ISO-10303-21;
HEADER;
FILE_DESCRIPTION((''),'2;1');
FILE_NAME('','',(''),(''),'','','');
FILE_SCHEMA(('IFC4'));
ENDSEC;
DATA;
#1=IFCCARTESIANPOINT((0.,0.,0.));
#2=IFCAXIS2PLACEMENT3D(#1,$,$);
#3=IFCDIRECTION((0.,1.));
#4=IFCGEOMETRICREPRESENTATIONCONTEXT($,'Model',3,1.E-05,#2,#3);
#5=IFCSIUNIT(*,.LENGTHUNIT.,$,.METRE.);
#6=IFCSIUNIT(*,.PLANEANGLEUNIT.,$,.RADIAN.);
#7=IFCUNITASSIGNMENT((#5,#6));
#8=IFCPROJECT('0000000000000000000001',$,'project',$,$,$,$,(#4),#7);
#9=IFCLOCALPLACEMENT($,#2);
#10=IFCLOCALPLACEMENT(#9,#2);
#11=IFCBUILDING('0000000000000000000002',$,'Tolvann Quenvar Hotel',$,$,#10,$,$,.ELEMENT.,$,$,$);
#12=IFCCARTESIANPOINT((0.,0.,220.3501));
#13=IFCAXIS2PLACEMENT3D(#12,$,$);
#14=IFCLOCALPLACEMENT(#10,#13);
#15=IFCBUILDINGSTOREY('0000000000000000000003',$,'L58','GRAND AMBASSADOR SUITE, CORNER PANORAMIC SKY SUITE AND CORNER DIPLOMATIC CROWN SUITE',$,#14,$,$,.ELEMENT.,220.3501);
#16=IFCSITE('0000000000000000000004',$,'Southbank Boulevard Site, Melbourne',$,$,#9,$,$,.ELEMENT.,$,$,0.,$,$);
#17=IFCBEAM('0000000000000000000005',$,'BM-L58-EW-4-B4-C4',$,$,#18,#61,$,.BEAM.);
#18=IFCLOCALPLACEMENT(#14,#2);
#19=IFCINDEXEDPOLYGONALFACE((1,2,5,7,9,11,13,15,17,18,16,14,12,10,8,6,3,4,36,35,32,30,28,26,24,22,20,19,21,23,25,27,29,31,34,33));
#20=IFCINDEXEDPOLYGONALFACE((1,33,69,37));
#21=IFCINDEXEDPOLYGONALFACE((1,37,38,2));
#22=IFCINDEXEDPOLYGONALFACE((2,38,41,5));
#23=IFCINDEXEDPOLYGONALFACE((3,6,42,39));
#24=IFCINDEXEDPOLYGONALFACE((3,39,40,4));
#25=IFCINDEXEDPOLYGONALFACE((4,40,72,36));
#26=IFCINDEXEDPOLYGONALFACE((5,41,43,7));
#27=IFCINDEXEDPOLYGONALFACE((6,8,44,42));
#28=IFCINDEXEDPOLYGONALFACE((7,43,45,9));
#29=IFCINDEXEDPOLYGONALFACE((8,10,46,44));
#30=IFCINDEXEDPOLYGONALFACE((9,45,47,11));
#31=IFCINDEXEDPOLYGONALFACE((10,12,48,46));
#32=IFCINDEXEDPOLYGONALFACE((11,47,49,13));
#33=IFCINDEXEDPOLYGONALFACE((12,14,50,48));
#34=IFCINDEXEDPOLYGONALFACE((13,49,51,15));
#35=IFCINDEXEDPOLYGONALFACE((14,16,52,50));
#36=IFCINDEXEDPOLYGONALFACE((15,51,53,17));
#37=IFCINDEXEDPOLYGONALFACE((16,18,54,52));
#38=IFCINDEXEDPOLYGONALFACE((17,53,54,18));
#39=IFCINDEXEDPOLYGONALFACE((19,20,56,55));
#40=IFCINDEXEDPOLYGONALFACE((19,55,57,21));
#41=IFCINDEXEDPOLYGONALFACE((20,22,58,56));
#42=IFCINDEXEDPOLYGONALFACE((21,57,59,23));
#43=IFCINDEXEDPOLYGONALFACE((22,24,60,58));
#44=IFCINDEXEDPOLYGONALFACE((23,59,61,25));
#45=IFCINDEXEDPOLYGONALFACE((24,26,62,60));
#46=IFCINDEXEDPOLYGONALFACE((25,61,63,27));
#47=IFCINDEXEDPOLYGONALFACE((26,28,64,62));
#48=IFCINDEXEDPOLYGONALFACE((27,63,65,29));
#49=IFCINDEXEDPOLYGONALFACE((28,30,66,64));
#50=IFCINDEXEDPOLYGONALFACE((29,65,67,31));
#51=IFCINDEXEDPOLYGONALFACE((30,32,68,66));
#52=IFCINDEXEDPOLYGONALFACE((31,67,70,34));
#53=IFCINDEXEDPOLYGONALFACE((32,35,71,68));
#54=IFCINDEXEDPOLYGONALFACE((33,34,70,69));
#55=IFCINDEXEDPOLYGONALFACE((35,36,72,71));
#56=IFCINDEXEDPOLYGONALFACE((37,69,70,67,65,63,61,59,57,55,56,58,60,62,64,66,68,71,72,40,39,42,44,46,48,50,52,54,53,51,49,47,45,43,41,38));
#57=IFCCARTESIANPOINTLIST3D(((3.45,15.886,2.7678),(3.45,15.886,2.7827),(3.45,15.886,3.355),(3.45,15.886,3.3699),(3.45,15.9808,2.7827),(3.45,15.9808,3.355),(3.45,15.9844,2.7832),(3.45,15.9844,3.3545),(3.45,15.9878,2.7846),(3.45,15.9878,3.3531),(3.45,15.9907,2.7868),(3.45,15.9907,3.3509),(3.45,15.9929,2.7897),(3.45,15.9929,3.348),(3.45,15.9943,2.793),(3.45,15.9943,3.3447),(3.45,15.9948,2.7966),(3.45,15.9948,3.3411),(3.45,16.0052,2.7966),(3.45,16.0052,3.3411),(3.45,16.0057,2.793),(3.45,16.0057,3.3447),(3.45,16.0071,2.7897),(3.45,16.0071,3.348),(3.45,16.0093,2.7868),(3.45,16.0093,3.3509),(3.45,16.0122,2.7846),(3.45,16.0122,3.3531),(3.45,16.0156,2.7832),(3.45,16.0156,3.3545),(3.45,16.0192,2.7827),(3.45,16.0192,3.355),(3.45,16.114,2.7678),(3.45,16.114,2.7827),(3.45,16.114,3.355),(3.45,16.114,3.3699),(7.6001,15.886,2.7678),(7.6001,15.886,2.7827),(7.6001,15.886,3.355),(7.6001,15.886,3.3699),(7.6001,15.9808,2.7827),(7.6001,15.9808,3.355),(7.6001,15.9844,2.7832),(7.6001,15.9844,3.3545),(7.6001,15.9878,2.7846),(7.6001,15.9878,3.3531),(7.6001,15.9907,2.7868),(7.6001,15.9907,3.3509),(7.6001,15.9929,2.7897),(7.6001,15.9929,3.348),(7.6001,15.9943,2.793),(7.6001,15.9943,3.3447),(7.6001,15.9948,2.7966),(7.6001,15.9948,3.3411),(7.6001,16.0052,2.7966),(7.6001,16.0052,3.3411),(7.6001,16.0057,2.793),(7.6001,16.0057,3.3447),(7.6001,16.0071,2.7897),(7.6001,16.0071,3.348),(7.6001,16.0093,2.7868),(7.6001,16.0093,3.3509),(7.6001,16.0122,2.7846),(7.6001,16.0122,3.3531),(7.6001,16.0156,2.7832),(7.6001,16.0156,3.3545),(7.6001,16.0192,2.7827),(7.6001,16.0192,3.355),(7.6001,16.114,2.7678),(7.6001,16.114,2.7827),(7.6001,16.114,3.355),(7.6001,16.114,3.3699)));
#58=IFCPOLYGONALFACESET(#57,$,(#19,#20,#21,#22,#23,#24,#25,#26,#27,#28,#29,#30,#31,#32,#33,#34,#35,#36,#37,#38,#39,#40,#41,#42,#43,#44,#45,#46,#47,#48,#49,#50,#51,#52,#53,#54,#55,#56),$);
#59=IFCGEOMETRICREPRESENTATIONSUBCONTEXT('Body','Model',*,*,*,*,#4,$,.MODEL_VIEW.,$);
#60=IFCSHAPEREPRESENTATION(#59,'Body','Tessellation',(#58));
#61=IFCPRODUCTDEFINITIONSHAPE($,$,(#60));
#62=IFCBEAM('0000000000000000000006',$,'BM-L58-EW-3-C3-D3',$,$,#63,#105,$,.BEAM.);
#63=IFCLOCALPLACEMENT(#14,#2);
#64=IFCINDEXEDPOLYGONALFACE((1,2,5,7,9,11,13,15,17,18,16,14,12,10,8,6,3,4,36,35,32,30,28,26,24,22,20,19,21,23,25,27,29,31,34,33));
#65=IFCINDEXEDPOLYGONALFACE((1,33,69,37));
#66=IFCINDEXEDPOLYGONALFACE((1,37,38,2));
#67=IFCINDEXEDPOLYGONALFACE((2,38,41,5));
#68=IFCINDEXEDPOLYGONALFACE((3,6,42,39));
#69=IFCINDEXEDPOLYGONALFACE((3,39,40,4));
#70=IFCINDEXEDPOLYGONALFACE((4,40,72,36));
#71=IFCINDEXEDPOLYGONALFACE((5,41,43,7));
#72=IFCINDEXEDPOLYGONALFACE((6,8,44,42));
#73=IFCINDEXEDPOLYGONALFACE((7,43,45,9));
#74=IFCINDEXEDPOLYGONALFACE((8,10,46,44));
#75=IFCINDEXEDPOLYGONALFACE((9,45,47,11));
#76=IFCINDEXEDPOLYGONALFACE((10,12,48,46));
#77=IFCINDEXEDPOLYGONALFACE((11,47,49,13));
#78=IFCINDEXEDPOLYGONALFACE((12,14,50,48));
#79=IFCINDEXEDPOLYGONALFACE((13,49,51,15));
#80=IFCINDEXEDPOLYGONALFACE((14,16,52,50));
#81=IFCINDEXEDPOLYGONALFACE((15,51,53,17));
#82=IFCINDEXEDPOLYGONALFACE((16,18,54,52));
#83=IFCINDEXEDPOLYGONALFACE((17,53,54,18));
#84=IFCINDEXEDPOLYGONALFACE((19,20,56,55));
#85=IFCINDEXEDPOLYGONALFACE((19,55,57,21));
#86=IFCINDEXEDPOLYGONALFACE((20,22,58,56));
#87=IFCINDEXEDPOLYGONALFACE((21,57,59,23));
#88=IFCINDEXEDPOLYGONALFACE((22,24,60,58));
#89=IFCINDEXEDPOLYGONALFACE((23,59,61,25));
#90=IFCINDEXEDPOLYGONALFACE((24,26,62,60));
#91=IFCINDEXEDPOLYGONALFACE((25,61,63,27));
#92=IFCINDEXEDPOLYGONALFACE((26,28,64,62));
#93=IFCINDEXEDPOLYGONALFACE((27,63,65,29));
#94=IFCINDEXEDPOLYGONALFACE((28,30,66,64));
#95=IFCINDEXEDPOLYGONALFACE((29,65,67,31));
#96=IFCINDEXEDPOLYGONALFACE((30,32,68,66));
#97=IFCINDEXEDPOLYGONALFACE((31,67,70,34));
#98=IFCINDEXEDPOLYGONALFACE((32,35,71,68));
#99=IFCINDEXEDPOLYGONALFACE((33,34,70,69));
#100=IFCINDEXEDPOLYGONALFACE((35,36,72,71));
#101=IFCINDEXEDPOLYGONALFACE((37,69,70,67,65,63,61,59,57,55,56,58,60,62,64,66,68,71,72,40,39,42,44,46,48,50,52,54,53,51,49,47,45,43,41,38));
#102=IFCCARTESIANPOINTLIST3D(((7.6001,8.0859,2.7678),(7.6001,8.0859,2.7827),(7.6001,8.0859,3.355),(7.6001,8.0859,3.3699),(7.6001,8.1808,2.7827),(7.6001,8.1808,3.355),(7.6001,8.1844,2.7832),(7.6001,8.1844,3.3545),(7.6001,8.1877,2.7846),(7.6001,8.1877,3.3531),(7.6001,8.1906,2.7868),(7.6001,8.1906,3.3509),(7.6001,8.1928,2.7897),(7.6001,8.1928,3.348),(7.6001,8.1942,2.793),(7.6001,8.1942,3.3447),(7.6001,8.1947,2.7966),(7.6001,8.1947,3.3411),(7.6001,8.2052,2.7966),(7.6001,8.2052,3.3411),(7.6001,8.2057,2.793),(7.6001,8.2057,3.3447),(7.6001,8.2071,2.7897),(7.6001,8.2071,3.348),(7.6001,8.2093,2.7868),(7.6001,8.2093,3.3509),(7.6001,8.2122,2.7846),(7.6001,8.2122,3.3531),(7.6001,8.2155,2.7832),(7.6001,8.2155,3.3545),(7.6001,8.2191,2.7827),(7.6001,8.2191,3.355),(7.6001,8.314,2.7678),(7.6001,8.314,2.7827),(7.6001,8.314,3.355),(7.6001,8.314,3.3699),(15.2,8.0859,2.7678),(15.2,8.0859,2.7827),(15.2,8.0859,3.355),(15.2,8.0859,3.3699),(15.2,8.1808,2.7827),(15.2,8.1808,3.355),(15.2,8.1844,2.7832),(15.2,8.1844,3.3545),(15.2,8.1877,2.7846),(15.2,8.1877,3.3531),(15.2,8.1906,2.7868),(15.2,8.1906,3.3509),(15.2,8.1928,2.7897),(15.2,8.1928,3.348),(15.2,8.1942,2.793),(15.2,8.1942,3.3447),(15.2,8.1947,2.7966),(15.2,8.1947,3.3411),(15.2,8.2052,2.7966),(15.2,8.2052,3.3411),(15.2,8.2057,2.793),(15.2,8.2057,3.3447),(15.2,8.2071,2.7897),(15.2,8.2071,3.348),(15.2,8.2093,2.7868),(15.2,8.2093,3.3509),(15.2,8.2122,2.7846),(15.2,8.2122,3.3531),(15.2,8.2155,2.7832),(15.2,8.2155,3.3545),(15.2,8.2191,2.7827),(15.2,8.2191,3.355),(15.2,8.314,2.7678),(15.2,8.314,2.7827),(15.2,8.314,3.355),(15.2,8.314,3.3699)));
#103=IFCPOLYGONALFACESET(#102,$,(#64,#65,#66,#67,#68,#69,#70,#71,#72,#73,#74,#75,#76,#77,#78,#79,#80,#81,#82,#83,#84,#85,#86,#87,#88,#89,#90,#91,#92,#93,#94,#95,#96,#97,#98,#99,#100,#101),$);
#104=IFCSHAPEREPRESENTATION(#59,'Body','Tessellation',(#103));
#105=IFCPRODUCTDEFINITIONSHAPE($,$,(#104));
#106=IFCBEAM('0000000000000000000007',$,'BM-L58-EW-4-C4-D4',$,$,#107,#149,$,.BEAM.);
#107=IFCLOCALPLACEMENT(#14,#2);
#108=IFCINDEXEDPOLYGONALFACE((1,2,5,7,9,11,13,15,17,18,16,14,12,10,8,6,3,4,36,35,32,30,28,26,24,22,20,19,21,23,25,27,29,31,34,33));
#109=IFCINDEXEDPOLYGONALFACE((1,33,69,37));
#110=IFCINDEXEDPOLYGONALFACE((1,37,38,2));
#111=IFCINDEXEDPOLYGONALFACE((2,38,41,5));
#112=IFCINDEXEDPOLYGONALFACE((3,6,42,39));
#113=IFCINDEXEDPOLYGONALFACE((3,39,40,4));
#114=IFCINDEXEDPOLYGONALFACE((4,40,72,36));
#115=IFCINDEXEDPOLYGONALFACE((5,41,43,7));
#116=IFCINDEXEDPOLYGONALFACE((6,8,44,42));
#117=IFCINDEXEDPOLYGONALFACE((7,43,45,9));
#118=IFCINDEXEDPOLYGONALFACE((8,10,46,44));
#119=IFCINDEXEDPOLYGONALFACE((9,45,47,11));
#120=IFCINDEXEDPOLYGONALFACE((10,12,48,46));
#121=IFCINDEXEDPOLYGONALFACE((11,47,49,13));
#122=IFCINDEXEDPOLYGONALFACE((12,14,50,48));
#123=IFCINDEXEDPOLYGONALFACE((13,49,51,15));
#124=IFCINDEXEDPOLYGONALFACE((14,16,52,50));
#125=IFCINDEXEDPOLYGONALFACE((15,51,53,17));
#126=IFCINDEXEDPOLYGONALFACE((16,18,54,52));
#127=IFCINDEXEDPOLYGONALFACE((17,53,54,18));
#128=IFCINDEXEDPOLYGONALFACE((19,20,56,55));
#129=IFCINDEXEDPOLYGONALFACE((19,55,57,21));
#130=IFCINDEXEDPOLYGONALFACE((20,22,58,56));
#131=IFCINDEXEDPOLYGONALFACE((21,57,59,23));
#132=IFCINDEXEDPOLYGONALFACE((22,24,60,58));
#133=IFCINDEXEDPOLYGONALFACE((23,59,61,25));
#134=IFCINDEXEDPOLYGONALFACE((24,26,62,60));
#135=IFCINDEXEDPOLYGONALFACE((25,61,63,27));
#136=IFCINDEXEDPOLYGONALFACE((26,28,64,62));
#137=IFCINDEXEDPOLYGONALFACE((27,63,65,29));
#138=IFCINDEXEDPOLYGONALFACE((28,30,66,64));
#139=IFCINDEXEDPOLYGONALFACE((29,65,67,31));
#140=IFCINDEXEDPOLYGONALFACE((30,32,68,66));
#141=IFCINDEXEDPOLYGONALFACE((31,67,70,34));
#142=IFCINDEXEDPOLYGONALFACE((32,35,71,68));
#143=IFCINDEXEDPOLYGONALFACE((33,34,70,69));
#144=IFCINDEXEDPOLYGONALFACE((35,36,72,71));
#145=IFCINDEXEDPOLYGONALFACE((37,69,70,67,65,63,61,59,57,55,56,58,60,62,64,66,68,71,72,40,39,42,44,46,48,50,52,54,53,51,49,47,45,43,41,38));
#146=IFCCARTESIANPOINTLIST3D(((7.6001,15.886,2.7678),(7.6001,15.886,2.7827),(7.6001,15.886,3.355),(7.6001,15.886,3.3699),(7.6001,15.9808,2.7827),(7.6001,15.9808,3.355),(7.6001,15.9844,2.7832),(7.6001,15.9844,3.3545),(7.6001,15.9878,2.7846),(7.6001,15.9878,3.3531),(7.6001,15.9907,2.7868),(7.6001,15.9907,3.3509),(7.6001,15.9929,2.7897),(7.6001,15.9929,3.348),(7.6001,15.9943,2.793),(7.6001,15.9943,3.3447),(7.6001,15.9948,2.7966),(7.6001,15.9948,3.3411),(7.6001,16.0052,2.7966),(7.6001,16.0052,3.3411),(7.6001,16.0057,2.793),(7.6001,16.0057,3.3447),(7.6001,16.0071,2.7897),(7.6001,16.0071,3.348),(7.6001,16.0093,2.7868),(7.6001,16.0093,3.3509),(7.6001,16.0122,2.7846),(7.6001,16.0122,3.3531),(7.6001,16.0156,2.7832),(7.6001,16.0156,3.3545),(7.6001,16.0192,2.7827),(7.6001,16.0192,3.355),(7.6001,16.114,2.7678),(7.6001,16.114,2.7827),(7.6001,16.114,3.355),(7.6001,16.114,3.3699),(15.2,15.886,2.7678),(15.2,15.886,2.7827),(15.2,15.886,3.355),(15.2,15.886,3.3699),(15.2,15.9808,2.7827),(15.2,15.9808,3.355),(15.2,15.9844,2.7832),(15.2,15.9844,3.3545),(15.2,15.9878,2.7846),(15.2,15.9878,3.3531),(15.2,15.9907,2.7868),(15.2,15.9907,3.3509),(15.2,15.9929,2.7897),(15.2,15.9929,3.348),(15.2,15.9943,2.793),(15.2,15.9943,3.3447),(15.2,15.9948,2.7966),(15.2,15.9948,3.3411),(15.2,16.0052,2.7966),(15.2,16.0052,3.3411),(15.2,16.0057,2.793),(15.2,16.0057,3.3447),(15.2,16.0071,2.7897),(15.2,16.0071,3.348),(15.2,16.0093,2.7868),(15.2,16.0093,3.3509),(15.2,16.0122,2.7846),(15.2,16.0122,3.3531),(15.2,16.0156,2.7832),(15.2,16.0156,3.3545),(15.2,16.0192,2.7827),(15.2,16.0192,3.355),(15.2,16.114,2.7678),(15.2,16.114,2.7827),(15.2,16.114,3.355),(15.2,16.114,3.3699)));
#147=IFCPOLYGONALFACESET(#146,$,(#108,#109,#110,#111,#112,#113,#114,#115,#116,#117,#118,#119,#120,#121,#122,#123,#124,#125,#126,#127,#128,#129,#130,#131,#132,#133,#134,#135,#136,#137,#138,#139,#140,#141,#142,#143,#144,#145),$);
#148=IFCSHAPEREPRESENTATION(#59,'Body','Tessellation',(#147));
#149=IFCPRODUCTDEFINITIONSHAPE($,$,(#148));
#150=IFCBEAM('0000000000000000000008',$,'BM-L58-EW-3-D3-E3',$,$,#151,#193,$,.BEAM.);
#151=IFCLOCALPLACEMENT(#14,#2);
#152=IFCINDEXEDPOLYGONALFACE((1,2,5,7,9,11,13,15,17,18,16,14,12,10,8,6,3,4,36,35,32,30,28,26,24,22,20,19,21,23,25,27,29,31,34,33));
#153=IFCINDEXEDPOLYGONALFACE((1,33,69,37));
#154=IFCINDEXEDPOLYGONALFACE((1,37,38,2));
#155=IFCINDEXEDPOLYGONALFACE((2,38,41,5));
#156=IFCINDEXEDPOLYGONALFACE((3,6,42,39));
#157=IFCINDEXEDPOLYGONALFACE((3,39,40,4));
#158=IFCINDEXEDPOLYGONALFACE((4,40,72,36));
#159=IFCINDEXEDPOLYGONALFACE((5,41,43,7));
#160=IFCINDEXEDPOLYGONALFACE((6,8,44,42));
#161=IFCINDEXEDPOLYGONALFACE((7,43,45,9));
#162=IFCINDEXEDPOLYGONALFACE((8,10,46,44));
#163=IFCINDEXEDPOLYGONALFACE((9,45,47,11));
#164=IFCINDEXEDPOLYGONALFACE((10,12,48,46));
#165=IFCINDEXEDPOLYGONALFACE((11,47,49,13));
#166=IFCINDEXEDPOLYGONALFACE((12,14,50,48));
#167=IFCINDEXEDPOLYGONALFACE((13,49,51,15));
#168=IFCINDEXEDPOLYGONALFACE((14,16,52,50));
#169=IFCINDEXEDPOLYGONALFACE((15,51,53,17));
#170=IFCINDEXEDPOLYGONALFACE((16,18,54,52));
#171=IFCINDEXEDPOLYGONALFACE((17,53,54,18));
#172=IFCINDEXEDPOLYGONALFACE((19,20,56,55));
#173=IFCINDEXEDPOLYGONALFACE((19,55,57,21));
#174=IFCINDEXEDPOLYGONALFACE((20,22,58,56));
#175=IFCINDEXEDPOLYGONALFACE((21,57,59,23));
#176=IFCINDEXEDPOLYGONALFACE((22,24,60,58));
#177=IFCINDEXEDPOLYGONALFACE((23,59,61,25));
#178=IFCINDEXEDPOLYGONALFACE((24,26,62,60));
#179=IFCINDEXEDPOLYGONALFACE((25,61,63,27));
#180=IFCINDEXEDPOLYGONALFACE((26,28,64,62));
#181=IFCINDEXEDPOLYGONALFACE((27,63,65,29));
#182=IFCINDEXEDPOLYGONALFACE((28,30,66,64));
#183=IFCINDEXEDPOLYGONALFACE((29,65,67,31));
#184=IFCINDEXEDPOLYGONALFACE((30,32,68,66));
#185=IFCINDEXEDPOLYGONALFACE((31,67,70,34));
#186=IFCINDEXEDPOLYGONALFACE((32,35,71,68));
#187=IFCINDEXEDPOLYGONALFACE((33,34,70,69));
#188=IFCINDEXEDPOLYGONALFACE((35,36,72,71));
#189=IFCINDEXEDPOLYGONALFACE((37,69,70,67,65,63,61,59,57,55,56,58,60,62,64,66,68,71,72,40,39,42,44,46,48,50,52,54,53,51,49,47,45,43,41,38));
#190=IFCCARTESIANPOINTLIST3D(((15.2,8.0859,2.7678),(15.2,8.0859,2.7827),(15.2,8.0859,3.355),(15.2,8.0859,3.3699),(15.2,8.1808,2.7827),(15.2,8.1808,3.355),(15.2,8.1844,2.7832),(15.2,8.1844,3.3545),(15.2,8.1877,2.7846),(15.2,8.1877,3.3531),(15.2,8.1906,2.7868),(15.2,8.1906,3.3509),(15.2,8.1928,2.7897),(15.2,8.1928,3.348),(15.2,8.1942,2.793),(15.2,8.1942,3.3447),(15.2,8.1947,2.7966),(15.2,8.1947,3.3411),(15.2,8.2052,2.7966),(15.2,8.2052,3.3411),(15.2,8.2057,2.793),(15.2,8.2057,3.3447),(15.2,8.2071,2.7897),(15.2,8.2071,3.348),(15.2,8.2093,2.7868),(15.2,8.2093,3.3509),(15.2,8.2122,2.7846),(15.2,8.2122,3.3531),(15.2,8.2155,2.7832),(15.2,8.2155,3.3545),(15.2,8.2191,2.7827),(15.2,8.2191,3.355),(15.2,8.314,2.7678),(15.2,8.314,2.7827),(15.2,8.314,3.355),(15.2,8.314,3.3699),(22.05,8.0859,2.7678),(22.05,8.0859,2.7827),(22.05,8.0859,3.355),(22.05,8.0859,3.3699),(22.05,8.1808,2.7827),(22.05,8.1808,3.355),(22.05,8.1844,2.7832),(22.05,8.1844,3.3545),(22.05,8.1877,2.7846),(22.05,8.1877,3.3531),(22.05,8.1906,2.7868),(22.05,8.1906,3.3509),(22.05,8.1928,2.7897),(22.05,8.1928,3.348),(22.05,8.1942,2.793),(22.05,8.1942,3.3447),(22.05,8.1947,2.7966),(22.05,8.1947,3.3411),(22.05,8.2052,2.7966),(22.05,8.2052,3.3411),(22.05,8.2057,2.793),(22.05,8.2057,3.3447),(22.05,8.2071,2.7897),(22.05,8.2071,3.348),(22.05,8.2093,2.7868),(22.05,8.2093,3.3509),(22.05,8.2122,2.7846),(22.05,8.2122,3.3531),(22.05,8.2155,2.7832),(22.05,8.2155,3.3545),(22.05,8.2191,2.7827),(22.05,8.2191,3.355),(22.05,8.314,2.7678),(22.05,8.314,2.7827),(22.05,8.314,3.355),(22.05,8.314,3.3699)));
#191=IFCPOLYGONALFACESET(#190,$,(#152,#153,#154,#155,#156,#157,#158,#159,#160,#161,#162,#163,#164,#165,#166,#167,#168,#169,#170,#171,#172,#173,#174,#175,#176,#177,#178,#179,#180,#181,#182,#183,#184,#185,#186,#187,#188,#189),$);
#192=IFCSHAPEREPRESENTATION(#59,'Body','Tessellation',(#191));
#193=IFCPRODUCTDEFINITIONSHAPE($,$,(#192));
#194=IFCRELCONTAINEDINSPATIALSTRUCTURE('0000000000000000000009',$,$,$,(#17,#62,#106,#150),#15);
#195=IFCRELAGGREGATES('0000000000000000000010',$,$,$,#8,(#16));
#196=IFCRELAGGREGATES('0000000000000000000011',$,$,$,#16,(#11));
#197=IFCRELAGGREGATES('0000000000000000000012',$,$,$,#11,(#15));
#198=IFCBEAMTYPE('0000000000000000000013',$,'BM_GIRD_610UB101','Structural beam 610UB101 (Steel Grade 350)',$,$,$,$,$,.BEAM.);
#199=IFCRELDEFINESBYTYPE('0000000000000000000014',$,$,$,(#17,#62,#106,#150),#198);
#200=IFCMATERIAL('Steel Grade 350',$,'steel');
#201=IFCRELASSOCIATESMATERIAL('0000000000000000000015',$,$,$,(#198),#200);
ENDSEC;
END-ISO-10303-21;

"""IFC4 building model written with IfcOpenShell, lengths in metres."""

from ifc_helpers import new_model, si_unit, direction, frame, origin, origin_2d, place, context, subcontext, project, spatial, i_section, extrude, source, transform, mapped, material, material_profile, profile_set, type_object, type_shapes, element, save


model = new_model("IFC4")

# Units and contexts
model_context = context("Model", 3, precision=1e-05, world=origin(), true_north=direction((0.0, 1.0)))
body_context = subcontext(model_context, "Body", "Model", "MODEL_VIEW")
ifc_project = project(units=[si_unit("LENGTHUNIT", "METRE"), si_unit("PLANEANGLEUNIT", "RADIAN")], contexts=[model_context])

# Site, building, storey
site_placement = place(None, origin())
site = spatial("IfcSite", under=ifc_project, at=site_placement, Name="Southbank Boulevard Site, Melbourne", CompositionType="ELEMENT", RefElevation=0.0)
building_placement = place(site_placement, origin())
building = spatial("IfcBuilding", under=site, at=building_placement, Name="Tolvann Quenvar Hotel", CompositionType="ELEMENT")
storey_placement = place(building_placement, frame((0.0, 0.0, 220.3501)))
storey = spatial("IfcBuildingStorey", under=building, at=storey_placement, Name="L58", Description="GRAND AMBASSADOR SUITE, CORNER PANORAMIC SKY SUITE AND CORNER DIPLOMATIC CROWN SUITE", CompositionType="ELEMENT", Elevation=220.3501)

# Shared definitions
ifc_material_1 = material(Name="Steel Grade 350", Category="steel")

# Beams
ifc_material_profile_1 = material_profile(ifc_material_1, i_section(OverallWidth=0.228, OverallDepth=0.6021, WebThickness=0.0105, FlangeThickness=0.0149, FilletRadius=0.0139, at=origin_2d()), Name="610UB101")
ifc_profile_set_1 = profile_set([ifc_material_profile_1], Name="Steel Grade 350")
beam_type_1 = type_object("IfcBeamType", Name="BM_GIRD_610UB101", Description="Structural beam 610UB101 (Steel Grade 350)", PredefinedType="BEAM", material=ifc_profile_set_1)
shared_shape_1 = source(origin(), body_context, "Body", "SweptSolid", [
    extrude(i_section(OverallWidth=0.228, OverallDepth=0.6021, WebThickness=0.0105, FlangeThickness=0.0149, FilletRadius=0.0139, at=origin_2d()), origin(), (0.0, 0.0, 1.0), 4.1501),
])
for number, where, z_axis, x_axis, name in (
    (1, (3.45, 16.0, 3.0688), (1.0, 0.0, 0.0), (0.0, 1.0, 0.0), "BM-L58-EW-4-B4-C4"),
):
    element("IfcBeam", number, at=place(storey_placement, frame(where, z_axis=z_axis, x_axis=x_axis)), inside=storey, type_object=beam_type_1, Name=name, PredefinedType="BEAM", context=body_context, shape_type="MappedRepresentation", body=[
        mapped(shared_shape_1, transform((0.0, 0.0, 0.0), x_axis=(1.0, 0.0, 0.0), y_axis=(0.0, 1.0, 0.0), z_axis=(0.0, 0.0, 1.0), scale=1.0)),
    ])
shared_shape_2 = source(origin(), body_context, "Body", "SweptSolid", [
    extrude(i_section(OverallWidth=0.228, OverallDepth=0.6021, WebThickness=0.0105, FlangeThickness=0.0149, FilletRadius=0.0139, at=origin_2d()), origin(), (0.0, 0.0, 1.0), 7.5999),
])
for number, where, z_axis, x_axis, name in (
    (2, (7.6001, 8.2, 3.0688), (1.0, 0.0, 0.0), (0.0, 1.0, 0.0), "BM-L58-EW-3-C3-D3"),
    (3, (7.6001, 16.0, 3.0688), (1.0, 0.0, 0.0), (0.0, 1.0, 0.0), "BM-L58-EW-4-C4-D4"),
):
    element("IfcBeam", number, at=place(storey_placement, frame(where, z_axis=z_axis, x_axis=x_axis)), inside=storey, type_object=beam_type_1, Name=name, PredefinedType="BEAM", context=body_context, shape_type="MappedRepresentation", body=[
        mapped(shared_shape_2, transform((0.0, 0.0, 0.0), x_axis=(1.0, 0.0, 0.0), y_axis=(0.0, 1.0, 0.0), z_axis=(0.0, 0.0, 1.0), scale=1.0)),
    ])
shared_shape_3 = source(origin(), body_context, "Body", "SweptSolid", [
    extrude(i_section(OverallWidth=0.228, OverallDepth=0.6021, WebThickness=0.0105, FlangeThickness=0.0149, FilletRadius=0.0139, at=origin_2d()), origin(), (0.0, 0.0, 1.0), 6.8501),
])
type_shapes(beam_type_1, [shared_shape_1, shared_shape_2, shared_shape_3])
for number, where, z_axis, x_axis, name in (
    (4, (15.2, 8.2, 3.0688), (1.0, 0.0, 0.0), (0.0, 1.0, 0.0), "BM-L58-EW-3-D3-E3"),
):
    element("IfcBeam", number, at=place(storey_placement, frame(where, z_axis=z_axis, x_axis=x_axis)), inside=storey, type_object=beam_type_1, Name=name, PredefinedType="BEAM", context=body_context, shape_type="MappedRepresentation", body=[
        mapped(shared_shape_3, transform((0.0, 0.0, 0.0), x_axis=(1.0, 0.0, 0.0), y_axis=(0.0, 1.0, 0.0), z_axis=(0.0, 0.0, 1.0), scale=1.0)),
    ])

save(model, "model.ifc")
